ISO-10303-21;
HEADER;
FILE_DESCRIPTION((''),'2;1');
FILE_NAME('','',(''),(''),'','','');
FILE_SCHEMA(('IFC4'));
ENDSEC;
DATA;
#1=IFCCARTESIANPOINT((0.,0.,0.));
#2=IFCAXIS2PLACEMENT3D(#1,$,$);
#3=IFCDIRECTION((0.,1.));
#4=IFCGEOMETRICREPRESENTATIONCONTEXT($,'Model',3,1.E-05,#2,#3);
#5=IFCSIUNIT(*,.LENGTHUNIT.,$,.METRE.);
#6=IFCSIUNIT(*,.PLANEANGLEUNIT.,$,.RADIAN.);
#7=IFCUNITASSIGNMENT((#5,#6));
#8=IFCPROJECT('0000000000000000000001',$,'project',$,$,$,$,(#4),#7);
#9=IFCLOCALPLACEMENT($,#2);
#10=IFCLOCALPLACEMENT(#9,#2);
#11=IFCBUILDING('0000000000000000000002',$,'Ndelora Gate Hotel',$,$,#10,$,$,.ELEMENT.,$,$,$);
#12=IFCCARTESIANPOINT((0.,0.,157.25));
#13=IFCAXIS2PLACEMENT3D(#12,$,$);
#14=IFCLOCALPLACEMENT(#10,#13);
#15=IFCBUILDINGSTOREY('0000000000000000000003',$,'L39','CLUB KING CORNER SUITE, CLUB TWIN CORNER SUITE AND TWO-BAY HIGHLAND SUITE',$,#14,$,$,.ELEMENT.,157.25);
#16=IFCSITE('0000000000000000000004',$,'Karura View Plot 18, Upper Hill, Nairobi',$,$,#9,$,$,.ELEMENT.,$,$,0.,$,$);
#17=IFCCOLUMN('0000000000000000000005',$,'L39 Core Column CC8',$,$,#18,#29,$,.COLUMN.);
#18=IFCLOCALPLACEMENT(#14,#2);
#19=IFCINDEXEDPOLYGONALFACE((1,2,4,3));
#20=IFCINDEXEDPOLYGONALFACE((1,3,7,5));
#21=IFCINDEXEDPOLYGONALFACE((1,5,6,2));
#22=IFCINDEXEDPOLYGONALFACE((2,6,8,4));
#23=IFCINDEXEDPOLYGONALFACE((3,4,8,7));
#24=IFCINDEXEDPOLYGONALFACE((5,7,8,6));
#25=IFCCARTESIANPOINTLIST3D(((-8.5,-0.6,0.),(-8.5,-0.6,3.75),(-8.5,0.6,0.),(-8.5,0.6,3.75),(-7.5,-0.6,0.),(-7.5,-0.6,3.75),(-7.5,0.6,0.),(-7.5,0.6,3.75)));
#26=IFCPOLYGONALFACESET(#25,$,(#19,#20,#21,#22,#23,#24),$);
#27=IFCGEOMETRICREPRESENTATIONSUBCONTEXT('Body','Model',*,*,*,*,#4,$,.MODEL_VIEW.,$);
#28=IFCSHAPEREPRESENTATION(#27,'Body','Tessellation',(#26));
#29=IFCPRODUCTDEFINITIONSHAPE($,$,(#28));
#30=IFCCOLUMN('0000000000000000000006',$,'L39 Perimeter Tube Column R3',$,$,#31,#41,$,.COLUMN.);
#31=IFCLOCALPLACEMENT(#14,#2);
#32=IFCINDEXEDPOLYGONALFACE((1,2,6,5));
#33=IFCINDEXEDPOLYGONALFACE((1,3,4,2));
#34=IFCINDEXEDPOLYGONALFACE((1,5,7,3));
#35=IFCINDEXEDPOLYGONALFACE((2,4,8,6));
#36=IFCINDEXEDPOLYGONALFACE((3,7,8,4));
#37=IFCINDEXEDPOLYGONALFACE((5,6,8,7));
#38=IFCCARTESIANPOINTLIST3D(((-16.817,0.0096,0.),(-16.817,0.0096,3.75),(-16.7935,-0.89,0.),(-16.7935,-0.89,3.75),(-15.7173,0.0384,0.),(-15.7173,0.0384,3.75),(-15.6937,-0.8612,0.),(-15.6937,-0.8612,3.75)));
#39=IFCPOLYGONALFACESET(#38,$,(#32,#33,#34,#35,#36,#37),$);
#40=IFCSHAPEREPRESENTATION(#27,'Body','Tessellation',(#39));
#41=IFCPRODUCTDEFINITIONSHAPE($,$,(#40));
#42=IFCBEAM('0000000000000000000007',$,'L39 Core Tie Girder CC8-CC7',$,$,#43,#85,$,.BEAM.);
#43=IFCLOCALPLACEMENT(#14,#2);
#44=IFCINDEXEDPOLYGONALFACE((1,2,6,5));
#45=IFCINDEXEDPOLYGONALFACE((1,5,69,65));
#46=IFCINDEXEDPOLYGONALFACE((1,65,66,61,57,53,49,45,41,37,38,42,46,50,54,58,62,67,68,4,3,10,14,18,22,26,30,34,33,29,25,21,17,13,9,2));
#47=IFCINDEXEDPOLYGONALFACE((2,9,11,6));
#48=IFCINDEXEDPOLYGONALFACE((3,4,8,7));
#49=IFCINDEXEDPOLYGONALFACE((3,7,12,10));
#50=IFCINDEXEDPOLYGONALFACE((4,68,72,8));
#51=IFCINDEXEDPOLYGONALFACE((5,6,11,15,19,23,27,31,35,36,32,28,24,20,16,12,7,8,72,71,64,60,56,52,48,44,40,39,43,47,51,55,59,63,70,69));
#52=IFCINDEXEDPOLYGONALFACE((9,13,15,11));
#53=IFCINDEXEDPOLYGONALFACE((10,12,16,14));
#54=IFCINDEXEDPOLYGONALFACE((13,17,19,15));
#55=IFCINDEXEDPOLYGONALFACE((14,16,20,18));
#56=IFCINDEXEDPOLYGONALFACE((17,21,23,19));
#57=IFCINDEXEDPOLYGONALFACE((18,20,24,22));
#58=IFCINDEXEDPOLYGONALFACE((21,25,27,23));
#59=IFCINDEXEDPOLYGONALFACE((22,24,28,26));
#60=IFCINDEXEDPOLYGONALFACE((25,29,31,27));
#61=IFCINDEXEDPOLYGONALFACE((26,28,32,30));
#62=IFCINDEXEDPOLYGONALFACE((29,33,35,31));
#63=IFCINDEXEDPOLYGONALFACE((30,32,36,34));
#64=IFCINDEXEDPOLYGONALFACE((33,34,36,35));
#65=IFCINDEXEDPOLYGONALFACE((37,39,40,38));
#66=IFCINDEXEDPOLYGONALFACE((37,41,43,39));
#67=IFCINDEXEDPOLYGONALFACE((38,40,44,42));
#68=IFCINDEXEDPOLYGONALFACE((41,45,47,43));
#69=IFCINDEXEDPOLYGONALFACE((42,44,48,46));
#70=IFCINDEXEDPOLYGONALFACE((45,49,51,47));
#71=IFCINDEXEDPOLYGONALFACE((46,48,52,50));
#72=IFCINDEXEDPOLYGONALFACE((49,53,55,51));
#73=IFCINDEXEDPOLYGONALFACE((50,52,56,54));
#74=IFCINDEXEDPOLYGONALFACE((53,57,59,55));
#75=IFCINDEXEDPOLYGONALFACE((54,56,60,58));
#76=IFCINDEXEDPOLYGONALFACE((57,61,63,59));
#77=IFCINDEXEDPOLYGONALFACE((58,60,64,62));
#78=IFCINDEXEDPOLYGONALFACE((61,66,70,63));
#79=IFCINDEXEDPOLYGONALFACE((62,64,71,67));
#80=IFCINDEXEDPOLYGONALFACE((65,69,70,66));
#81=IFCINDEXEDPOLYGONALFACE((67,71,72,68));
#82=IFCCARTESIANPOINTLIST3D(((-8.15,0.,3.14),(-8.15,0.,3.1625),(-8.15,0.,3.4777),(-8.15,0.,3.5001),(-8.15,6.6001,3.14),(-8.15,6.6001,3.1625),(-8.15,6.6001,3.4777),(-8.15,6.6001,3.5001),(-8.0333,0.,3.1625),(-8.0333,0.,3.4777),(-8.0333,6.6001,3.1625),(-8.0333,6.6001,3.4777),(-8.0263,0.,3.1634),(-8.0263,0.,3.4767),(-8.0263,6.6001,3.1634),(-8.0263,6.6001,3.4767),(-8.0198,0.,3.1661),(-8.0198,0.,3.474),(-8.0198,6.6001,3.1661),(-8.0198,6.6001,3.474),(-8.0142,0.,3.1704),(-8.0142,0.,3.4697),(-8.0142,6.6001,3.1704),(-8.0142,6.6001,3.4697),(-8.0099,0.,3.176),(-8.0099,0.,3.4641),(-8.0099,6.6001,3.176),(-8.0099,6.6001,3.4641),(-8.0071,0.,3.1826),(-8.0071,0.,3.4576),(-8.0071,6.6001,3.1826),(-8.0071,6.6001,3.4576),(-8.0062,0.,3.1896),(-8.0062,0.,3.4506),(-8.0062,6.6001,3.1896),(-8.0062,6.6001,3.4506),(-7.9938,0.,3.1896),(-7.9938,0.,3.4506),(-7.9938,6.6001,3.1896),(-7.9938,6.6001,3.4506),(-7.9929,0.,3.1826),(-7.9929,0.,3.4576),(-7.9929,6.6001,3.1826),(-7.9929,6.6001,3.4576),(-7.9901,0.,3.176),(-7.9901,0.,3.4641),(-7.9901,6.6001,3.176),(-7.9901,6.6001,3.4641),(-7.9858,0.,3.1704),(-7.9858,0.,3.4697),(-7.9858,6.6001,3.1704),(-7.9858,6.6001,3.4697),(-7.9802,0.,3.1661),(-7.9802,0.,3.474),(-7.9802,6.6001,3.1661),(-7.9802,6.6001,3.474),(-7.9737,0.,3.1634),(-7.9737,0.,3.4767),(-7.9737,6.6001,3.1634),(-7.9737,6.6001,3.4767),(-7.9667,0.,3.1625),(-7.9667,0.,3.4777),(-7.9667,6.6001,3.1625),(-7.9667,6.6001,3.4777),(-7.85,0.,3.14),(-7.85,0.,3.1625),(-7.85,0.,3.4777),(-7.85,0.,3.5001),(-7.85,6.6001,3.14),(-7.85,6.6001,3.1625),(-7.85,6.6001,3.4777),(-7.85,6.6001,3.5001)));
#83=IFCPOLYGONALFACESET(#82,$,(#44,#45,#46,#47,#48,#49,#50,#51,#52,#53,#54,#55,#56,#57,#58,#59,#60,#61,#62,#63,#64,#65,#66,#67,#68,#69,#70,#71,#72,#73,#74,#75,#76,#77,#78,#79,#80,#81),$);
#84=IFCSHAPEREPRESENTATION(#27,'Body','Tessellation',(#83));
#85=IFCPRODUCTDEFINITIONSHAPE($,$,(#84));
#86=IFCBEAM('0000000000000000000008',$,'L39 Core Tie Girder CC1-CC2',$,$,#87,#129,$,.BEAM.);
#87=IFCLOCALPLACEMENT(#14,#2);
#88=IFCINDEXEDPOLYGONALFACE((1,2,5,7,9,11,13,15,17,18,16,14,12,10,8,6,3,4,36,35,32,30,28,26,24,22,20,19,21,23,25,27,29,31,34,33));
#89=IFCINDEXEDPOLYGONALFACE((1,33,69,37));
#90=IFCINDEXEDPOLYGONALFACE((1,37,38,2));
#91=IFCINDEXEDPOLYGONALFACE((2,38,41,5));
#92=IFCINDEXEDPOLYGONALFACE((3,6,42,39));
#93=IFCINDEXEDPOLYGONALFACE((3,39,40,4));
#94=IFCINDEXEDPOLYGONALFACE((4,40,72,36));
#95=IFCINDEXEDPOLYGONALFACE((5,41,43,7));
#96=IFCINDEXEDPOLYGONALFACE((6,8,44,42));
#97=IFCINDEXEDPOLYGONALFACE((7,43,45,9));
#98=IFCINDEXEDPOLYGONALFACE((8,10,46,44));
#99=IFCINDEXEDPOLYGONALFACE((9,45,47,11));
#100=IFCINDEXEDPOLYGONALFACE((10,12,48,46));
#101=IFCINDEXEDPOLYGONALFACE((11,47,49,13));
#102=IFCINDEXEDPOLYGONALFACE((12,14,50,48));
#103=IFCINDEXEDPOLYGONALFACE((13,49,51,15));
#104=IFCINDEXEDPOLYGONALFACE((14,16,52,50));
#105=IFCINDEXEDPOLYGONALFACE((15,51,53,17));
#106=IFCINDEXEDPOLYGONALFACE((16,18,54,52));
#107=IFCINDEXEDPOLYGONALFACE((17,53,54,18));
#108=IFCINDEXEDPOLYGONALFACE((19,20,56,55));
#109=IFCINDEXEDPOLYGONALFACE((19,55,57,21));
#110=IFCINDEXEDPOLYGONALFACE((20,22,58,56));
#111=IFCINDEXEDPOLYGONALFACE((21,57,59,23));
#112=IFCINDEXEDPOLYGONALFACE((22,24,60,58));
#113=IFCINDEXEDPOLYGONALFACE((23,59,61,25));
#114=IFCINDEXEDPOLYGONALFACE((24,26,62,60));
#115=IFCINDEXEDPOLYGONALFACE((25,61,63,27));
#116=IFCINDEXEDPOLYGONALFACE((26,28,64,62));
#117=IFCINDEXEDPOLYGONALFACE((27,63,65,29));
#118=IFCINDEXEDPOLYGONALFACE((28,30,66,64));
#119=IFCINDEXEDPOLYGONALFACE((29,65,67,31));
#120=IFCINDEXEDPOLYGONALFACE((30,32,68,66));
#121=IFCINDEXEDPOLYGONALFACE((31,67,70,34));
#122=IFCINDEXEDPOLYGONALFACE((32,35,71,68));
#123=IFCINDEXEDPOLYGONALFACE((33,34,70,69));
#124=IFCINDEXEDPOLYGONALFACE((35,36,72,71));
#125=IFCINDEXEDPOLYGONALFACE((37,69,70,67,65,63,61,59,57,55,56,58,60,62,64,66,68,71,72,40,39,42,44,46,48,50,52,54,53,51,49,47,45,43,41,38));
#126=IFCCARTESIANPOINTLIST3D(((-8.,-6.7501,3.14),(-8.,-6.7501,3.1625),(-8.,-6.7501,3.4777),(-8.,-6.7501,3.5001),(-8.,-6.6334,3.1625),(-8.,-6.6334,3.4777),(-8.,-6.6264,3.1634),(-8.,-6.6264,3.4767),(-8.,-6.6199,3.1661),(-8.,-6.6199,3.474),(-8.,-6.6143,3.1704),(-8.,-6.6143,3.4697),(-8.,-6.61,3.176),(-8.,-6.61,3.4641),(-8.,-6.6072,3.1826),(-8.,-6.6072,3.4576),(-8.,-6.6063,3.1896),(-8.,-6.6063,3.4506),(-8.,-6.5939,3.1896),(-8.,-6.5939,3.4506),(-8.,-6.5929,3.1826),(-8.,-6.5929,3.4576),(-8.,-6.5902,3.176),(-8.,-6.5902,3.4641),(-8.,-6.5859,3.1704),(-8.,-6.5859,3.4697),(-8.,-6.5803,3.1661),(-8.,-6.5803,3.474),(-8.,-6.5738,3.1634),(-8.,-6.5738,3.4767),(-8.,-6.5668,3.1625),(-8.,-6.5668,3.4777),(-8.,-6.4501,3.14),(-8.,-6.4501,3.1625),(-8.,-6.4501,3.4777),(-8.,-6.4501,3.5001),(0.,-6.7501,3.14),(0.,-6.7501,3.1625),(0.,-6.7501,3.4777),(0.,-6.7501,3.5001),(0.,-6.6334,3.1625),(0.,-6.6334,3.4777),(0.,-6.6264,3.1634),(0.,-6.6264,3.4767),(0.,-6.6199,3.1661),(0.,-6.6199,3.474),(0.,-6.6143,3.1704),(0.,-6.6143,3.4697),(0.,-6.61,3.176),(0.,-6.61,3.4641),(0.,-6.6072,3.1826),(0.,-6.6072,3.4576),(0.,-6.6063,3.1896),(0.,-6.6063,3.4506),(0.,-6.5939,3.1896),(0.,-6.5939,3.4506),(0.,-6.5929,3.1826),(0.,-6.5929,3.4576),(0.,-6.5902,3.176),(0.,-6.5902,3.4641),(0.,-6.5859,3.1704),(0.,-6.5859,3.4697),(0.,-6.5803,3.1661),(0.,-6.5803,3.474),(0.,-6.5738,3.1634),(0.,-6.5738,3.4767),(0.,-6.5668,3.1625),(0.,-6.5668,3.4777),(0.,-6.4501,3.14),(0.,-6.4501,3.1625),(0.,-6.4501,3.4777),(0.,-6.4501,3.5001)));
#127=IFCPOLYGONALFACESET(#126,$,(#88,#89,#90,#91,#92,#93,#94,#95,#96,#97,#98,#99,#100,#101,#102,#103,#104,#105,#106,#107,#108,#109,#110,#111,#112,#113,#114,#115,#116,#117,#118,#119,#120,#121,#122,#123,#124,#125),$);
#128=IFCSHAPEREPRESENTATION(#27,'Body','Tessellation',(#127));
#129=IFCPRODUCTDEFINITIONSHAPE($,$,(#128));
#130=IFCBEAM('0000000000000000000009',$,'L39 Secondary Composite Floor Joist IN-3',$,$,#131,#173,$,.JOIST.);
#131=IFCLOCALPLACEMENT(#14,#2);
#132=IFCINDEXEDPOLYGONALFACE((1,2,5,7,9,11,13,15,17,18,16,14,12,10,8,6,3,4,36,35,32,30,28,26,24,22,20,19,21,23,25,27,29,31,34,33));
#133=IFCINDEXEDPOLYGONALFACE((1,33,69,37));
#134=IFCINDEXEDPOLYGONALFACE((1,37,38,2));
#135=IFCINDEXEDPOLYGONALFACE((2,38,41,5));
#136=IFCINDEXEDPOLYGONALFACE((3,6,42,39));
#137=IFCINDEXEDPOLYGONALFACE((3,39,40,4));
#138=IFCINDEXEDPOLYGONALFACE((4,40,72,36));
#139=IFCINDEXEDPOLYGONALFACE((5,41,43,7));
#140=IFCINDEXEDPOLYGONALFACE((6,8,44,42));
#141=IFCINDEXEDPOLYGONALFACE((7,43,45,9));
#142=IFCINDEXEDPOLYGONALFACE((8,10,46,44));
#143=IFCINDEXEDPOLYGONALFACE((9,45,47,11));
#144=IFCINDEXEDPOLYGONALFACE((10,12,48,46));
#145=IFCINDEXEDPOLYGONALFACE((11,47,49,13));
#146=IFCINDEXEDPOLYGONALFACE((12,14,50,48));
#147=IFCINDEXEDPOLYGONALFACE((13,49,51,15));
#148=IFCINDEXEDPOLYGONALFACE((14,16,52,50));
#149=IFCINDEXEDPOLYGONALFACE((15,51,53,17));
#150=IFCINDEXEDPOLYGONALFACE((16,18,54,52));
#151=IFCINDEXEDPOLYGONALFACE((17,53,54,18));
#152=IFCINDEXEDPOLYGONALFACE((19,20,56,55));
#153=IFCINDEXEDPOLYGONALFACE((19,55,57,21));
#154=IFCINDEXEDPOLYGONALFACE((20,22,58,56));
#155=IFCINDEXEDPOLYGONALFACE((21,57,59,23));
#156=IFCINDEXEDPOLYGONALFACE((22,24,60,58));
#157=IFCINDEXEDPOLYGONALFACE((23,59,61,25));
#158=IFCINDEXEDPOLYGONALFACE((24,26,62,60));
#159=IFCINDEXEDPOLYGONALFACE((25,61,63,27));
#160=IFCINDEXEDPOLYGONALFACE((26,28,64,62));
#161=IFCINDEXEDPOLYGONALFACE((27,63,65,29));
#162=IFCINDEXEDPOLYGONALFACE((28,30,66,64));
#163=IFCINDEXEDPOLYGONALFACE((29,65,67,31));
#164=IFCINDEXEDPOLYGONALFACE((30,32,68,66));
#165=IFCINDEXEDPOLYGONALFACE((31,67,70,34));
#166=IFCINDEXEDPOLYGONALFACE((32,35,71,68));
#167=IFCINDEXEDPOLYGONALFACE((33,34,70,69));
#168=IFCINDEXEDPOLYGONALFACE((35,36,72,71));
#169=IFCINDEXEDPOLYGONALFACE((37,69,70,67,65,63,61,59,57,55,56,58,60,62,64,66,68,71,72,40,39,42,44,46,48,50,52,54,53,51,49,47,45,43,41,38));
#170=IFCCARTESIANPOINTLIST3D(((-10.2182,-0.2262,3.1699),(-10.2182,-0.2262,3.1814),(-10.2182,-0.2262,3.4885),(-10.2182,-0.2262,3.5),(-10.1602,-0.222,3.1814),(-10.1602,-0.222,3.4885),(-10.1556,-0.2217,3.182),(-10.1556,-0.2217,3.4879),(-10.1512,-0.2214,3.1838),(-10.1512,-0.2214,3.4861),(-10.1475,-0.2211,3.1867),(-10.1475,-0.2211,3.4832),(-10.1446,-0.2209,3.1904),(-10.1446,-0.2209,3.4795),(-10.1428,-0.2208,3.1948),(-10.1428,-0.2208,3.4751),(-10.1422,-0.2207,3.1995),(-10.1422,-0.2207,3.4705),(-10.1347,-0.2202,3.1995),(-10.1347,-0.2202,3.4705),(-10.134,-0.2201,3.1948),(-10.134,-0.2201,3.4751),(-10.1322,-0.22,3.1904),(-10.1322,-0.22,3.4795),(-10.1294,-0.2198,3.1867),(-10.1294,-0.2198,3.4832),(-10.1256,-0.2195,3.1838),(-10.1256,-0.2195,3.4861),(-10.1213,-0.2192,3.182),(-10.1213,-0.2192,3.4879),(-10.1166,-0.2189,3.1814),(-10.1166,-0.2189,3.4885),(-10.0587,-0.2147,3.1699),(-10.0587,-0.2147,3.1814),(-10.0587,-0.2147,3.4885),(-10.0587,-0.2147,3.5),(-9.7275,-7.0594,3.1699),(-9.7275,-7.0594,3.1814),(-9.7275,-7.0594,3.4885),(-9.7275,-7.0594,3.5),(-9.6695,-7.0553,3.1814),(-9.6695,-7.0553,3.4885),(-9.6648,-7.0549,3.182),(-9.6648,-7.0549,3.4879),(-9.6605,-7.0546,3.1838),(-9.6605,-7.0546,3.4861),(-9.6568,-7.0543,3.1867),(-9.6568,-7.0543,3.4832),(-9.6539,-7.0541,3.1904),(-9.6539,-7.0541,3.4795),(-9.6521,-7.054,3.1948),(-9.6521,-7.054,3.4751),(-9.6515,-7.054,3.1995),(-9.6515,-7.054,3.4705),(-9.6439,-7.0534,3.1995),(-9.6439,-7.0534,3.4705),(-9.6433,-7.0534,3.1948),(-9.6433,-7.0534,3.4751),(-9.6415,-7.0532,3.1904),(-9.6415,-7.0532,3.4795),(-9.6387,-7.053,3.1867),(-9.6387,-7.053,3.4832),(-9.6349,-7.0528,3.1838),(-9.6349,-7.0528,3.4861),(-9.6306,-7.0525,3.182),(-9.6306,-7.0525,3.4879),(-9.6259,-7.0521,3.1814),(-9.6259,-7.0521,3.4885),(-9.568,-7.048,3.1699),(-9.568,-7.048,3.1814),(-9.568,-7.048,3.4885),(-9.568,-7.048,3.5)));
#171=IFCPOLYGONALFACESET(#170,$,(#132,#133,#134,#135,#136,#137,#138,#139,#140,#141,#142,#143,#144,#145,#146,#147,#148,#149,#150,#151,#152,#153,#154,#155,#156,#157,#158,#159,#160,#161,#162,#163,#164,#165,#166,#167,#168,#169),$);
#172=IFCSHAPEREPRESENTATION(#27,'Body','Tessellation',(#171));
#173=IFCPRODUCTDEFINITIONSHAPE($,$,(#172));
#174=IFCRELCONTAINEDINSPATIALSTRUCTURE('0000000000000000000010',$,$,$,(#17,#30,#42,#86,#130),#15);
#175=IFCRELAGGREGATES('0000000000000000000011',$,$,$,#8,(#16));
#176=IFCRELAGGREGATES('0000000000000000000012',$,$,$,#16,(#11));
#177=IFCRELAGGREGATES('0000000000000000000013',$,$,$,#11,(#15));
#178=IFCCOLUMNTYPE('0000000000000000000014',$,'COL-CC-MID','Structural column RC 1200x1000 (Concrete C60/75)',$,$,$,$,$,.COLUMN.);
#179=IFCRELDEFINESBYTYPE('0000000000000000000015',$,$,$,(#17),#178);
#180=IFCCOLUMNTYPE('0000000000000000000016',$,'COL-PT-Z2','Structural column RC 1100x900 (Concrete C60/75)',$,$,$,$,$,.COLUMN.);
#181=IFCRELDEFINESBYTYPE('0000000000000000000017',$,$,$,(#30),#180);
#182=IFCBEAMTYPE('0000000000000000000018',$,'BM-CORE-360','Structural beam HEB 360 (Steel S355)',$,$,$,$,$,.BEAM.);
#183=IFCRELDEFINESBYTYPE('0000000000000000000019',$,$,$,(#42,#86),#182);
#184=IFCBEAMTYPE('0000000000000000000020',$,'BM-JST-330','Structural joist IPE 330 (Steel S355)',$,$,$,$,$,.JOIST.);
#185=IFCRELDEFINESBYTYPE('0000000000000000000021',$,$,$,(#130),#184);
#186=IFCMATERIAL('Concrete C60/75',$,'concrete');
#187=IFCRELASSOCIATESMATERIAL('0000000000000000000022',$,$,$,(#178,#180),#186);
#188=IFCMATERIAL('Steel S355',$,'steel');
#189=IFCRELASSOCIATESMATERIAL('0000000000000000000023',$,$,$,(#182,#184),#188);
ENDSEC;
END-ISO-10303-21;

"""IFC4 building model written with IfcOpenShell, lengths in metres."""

from ifc_helpers import new_model, si_unit, direction, frame, origin, origin_2d, place, context, subcontext, project, spatial, rectangle, i_section, extrude, material, material_profile, profile_set, type_object, element, save


model = new_model("IFC4")

# Units and contexts
model_context = context("Model", 3, precision=1e-05, world=origin(), true_north=direction((0.0, 1.0)))
body_context = subcontext(model_context, "Body", "Model", "MODEL_VIEW")
ifc_project = project(units=[si_unit("LENGTHUNIT", "METRE"), si_unit("PLANEANGLEUNIT", "RADIAN")], contexts=[model_context])

# Site, building, storey
site_placement = place(None, origin())
site = spatial("IfcSite", under=ifc_project, at=site_placement, Name="Karura View Plot 18, Upper Hill, Nairobi", CompositionType="ELEMENT", RefElevation=0.0)
building_placement = place(site_placement, origin())
building = spatial("IfcBuilding", under=site, at=building_placement, Name="Ndelora Gate Hotel", CompositionType="ELEMENT")
storey_placement = place(building_placement, frame((0.0, 0.0, 157.25)))
storey = spatial("IfcBuildingStorey", under=building, at=storey_placement, Name="L39", Description="CLUB KING CORNER SUITE, CLUB TWIN CORNER SUITE AND TWO-BAY HIGHLAND SUITE", CompositionType="ELEMENT", Elevation=157.25)

# Columns
ifc_material_1 = material(Name="Concrete C60/75", Category="concrete")
ifc_material_profile_1 = material_profile(ifc_material_1, rectangle(XDim=1.0, YDim=1.2, at=origin_2d()), Name="RC 1200x1000")
ifc_profile_set_1 = profile_set([ifc_material_profile_1], Name="Concrete C60/75")
column_type_1 = type_object("IfcColumnType", Name="COL-CC-MID", Description="Structural column RC 1200x1000 (Concrete C60/75)", PredefinedType="COLUMN", material=ifc_profile_set_1)
column_1_placement = place(storey_placement, frame((-8.0, 0.0, 0.0), z_axis=(0.0, 0.0, 1.0), x_axis=(1.0, 0.0, 0.0)))
element("IfcColumn", 1, at=column_1_placement, inside=storey, type_object=column_type_1, Name="L39 Core Column CC8", PredefinedType="COLUMN", context=body_context, shape_type="SweptSolid", body=[
    extrude(rectangle(XDim=1.0, YDim=1.2, at=origin_2d()), origin(), (0.0, 0.0, 1.0), 3.75),
])
ifc_material_profile_2 = material_profile(ifc_material_1, rectangle(XDim=0.8999, YDim=1.1001, at=origin_2d()), Name="RC 1100x900")
ifc_profile_set_2 = profile_set([ifc_material_profile_2], Name="Concrete C60/75")
column_type_2 = type_object("IfcColumnType", Name="COL-PT-Z2", Description="Structural column RC 1100x900 (Concrete C60/75)", PredefinedType="COLUMN", material=ifc_profile_set_2)
column_2_placement = place(storey_placement, frame((-16.2554, -0.4258, 0.0), z_axis=(0.0, 0.0, 1.0), x_axis=(-0.026177, 0.999657, 0.0)))
element("IfcColumn", 2, at=column_2_placement, inside=storey, type_object=column_type_2, Name="L39 Perimeter Tube Column R3", PredefinedType="COLUMN", context=body_context, shape_type="SweptSolid", body=[
    extrude(rectangle(XDim=0.8999, YDim=1.1001, at=origin_2d()), origin(), (0.0, 0.0, 1.0), 3.75),
])

# Beams
ifc_material_2 = material(Name="Steel S355", Category="steel")
ifc_material_profile_3 = material_profile(ifc_material_2, i_section(OverallWidth=0.3, OverallDepth=0.3601, WebThickness=0.0125, FlangeThickness=0.0225, FilletRadius=0.0271, at=origin_2d()), Name="HEB 360")
ifc_profile_set_3 = profile_set([ifc_material_profile_3], Name="Steel S355")
beam_type_1 = type_object("IfcBeamType", Name="BM-CORE-360", Description="Structural beam HEB 360 (Steel S355)", PredefinedType="BEAM", material=ifc_profile_set_3)
beam_1_placement = place(storey_placement, frame((-8.0, 0.0, 3.3201), z_axis=(0.0, 1.0, 0.0), x_axis=(-1.0, 0.0, 0.0)))
element("IfcBeam", 3, at=beam_1_placement, inside=storey, type_object=beam_type_1, Name="L39 Core Tie Girder CC8-CC7", PredefinedType="BEAM", context=body_context, shape_type="SweptSolid", body=[
    extrude(i_section(OverallWidth=0.3, OverallDepth=0.3601, WebThickness=0.0125, FlangeThickness=0.0225, FilletRadius=0.0271, at=origin_2d()), origin(), (0.0, 0.0, 1.0), 6.6001),
])
beam_2_placement = place(storey_placement, frame((-8.0, -6.6001, 3.3201), z_axis=(1.0, 0.0, 0.0), x_axis=(0.0, 1.0, 0.0)))
element("IfcBeam", 4, at=beam_2_placement, inside=storey, type_object=beam_type_1, Name="L39 Core Tie Girder CC1-CC2", PredefinedType="BEAM", context=body_context, shape_type="SweptSolid", body=[
    extrude(i_section(OverallWidth=0.3, OverallDepth=0.3601, WebThickness=0.0125, FlangeThickness=0.0225, FilletRadius=0.0271, at=origin_2d()), origin(), (0.0, 0.0, 1.0), 8.0),
])
ifc_material_profile_4 = material_profile(ifc_material_2, i_section(OverallWidth=0.1599, OverallDepth=0.3301, WebThickness=0.0076, FlangeThickness=0.0115, FilletRadius=0.0181, at=origin_2d()), Name="IPE 330")
ifc_profile_set_4 = profile_set([ifc_material_profile_4], Name="Steel S355")
beam_type_2 = type_object("IfcBeamType", Name="BM-JST-330", Description="Structural joist IPE 330 (Steel S355)", PredefinedType="JOIST", material=ifc_profile_set_4)
beam_3_placement = place(storey_placement, frame((-10.1384, -0.2205, 3.335), z_axis=(0.071629, -0.997431, 0.0), x_axis=(0.997431, 0.071629, 0.0)))
element("IfcBeam", 5, at=beam_3_placement, inside=storey, type_object=beam_type_2, Name="L39 Secondary Composite Floor Joist IN-3", PredefinedType="JOIST", context=body_context, shape_type="SweptSolid", body=[
    extrude(i_section(OverallWidth=0.1599, OverallDepth=0.3301, WebThickness=0.0076, FlangeThickness=0.0115, FilletRadius=0.0181, at=origin_2d()), origin(), (0.0, 0.0, 1.0), 6.8508),
])

save(model, "model.ifc")
